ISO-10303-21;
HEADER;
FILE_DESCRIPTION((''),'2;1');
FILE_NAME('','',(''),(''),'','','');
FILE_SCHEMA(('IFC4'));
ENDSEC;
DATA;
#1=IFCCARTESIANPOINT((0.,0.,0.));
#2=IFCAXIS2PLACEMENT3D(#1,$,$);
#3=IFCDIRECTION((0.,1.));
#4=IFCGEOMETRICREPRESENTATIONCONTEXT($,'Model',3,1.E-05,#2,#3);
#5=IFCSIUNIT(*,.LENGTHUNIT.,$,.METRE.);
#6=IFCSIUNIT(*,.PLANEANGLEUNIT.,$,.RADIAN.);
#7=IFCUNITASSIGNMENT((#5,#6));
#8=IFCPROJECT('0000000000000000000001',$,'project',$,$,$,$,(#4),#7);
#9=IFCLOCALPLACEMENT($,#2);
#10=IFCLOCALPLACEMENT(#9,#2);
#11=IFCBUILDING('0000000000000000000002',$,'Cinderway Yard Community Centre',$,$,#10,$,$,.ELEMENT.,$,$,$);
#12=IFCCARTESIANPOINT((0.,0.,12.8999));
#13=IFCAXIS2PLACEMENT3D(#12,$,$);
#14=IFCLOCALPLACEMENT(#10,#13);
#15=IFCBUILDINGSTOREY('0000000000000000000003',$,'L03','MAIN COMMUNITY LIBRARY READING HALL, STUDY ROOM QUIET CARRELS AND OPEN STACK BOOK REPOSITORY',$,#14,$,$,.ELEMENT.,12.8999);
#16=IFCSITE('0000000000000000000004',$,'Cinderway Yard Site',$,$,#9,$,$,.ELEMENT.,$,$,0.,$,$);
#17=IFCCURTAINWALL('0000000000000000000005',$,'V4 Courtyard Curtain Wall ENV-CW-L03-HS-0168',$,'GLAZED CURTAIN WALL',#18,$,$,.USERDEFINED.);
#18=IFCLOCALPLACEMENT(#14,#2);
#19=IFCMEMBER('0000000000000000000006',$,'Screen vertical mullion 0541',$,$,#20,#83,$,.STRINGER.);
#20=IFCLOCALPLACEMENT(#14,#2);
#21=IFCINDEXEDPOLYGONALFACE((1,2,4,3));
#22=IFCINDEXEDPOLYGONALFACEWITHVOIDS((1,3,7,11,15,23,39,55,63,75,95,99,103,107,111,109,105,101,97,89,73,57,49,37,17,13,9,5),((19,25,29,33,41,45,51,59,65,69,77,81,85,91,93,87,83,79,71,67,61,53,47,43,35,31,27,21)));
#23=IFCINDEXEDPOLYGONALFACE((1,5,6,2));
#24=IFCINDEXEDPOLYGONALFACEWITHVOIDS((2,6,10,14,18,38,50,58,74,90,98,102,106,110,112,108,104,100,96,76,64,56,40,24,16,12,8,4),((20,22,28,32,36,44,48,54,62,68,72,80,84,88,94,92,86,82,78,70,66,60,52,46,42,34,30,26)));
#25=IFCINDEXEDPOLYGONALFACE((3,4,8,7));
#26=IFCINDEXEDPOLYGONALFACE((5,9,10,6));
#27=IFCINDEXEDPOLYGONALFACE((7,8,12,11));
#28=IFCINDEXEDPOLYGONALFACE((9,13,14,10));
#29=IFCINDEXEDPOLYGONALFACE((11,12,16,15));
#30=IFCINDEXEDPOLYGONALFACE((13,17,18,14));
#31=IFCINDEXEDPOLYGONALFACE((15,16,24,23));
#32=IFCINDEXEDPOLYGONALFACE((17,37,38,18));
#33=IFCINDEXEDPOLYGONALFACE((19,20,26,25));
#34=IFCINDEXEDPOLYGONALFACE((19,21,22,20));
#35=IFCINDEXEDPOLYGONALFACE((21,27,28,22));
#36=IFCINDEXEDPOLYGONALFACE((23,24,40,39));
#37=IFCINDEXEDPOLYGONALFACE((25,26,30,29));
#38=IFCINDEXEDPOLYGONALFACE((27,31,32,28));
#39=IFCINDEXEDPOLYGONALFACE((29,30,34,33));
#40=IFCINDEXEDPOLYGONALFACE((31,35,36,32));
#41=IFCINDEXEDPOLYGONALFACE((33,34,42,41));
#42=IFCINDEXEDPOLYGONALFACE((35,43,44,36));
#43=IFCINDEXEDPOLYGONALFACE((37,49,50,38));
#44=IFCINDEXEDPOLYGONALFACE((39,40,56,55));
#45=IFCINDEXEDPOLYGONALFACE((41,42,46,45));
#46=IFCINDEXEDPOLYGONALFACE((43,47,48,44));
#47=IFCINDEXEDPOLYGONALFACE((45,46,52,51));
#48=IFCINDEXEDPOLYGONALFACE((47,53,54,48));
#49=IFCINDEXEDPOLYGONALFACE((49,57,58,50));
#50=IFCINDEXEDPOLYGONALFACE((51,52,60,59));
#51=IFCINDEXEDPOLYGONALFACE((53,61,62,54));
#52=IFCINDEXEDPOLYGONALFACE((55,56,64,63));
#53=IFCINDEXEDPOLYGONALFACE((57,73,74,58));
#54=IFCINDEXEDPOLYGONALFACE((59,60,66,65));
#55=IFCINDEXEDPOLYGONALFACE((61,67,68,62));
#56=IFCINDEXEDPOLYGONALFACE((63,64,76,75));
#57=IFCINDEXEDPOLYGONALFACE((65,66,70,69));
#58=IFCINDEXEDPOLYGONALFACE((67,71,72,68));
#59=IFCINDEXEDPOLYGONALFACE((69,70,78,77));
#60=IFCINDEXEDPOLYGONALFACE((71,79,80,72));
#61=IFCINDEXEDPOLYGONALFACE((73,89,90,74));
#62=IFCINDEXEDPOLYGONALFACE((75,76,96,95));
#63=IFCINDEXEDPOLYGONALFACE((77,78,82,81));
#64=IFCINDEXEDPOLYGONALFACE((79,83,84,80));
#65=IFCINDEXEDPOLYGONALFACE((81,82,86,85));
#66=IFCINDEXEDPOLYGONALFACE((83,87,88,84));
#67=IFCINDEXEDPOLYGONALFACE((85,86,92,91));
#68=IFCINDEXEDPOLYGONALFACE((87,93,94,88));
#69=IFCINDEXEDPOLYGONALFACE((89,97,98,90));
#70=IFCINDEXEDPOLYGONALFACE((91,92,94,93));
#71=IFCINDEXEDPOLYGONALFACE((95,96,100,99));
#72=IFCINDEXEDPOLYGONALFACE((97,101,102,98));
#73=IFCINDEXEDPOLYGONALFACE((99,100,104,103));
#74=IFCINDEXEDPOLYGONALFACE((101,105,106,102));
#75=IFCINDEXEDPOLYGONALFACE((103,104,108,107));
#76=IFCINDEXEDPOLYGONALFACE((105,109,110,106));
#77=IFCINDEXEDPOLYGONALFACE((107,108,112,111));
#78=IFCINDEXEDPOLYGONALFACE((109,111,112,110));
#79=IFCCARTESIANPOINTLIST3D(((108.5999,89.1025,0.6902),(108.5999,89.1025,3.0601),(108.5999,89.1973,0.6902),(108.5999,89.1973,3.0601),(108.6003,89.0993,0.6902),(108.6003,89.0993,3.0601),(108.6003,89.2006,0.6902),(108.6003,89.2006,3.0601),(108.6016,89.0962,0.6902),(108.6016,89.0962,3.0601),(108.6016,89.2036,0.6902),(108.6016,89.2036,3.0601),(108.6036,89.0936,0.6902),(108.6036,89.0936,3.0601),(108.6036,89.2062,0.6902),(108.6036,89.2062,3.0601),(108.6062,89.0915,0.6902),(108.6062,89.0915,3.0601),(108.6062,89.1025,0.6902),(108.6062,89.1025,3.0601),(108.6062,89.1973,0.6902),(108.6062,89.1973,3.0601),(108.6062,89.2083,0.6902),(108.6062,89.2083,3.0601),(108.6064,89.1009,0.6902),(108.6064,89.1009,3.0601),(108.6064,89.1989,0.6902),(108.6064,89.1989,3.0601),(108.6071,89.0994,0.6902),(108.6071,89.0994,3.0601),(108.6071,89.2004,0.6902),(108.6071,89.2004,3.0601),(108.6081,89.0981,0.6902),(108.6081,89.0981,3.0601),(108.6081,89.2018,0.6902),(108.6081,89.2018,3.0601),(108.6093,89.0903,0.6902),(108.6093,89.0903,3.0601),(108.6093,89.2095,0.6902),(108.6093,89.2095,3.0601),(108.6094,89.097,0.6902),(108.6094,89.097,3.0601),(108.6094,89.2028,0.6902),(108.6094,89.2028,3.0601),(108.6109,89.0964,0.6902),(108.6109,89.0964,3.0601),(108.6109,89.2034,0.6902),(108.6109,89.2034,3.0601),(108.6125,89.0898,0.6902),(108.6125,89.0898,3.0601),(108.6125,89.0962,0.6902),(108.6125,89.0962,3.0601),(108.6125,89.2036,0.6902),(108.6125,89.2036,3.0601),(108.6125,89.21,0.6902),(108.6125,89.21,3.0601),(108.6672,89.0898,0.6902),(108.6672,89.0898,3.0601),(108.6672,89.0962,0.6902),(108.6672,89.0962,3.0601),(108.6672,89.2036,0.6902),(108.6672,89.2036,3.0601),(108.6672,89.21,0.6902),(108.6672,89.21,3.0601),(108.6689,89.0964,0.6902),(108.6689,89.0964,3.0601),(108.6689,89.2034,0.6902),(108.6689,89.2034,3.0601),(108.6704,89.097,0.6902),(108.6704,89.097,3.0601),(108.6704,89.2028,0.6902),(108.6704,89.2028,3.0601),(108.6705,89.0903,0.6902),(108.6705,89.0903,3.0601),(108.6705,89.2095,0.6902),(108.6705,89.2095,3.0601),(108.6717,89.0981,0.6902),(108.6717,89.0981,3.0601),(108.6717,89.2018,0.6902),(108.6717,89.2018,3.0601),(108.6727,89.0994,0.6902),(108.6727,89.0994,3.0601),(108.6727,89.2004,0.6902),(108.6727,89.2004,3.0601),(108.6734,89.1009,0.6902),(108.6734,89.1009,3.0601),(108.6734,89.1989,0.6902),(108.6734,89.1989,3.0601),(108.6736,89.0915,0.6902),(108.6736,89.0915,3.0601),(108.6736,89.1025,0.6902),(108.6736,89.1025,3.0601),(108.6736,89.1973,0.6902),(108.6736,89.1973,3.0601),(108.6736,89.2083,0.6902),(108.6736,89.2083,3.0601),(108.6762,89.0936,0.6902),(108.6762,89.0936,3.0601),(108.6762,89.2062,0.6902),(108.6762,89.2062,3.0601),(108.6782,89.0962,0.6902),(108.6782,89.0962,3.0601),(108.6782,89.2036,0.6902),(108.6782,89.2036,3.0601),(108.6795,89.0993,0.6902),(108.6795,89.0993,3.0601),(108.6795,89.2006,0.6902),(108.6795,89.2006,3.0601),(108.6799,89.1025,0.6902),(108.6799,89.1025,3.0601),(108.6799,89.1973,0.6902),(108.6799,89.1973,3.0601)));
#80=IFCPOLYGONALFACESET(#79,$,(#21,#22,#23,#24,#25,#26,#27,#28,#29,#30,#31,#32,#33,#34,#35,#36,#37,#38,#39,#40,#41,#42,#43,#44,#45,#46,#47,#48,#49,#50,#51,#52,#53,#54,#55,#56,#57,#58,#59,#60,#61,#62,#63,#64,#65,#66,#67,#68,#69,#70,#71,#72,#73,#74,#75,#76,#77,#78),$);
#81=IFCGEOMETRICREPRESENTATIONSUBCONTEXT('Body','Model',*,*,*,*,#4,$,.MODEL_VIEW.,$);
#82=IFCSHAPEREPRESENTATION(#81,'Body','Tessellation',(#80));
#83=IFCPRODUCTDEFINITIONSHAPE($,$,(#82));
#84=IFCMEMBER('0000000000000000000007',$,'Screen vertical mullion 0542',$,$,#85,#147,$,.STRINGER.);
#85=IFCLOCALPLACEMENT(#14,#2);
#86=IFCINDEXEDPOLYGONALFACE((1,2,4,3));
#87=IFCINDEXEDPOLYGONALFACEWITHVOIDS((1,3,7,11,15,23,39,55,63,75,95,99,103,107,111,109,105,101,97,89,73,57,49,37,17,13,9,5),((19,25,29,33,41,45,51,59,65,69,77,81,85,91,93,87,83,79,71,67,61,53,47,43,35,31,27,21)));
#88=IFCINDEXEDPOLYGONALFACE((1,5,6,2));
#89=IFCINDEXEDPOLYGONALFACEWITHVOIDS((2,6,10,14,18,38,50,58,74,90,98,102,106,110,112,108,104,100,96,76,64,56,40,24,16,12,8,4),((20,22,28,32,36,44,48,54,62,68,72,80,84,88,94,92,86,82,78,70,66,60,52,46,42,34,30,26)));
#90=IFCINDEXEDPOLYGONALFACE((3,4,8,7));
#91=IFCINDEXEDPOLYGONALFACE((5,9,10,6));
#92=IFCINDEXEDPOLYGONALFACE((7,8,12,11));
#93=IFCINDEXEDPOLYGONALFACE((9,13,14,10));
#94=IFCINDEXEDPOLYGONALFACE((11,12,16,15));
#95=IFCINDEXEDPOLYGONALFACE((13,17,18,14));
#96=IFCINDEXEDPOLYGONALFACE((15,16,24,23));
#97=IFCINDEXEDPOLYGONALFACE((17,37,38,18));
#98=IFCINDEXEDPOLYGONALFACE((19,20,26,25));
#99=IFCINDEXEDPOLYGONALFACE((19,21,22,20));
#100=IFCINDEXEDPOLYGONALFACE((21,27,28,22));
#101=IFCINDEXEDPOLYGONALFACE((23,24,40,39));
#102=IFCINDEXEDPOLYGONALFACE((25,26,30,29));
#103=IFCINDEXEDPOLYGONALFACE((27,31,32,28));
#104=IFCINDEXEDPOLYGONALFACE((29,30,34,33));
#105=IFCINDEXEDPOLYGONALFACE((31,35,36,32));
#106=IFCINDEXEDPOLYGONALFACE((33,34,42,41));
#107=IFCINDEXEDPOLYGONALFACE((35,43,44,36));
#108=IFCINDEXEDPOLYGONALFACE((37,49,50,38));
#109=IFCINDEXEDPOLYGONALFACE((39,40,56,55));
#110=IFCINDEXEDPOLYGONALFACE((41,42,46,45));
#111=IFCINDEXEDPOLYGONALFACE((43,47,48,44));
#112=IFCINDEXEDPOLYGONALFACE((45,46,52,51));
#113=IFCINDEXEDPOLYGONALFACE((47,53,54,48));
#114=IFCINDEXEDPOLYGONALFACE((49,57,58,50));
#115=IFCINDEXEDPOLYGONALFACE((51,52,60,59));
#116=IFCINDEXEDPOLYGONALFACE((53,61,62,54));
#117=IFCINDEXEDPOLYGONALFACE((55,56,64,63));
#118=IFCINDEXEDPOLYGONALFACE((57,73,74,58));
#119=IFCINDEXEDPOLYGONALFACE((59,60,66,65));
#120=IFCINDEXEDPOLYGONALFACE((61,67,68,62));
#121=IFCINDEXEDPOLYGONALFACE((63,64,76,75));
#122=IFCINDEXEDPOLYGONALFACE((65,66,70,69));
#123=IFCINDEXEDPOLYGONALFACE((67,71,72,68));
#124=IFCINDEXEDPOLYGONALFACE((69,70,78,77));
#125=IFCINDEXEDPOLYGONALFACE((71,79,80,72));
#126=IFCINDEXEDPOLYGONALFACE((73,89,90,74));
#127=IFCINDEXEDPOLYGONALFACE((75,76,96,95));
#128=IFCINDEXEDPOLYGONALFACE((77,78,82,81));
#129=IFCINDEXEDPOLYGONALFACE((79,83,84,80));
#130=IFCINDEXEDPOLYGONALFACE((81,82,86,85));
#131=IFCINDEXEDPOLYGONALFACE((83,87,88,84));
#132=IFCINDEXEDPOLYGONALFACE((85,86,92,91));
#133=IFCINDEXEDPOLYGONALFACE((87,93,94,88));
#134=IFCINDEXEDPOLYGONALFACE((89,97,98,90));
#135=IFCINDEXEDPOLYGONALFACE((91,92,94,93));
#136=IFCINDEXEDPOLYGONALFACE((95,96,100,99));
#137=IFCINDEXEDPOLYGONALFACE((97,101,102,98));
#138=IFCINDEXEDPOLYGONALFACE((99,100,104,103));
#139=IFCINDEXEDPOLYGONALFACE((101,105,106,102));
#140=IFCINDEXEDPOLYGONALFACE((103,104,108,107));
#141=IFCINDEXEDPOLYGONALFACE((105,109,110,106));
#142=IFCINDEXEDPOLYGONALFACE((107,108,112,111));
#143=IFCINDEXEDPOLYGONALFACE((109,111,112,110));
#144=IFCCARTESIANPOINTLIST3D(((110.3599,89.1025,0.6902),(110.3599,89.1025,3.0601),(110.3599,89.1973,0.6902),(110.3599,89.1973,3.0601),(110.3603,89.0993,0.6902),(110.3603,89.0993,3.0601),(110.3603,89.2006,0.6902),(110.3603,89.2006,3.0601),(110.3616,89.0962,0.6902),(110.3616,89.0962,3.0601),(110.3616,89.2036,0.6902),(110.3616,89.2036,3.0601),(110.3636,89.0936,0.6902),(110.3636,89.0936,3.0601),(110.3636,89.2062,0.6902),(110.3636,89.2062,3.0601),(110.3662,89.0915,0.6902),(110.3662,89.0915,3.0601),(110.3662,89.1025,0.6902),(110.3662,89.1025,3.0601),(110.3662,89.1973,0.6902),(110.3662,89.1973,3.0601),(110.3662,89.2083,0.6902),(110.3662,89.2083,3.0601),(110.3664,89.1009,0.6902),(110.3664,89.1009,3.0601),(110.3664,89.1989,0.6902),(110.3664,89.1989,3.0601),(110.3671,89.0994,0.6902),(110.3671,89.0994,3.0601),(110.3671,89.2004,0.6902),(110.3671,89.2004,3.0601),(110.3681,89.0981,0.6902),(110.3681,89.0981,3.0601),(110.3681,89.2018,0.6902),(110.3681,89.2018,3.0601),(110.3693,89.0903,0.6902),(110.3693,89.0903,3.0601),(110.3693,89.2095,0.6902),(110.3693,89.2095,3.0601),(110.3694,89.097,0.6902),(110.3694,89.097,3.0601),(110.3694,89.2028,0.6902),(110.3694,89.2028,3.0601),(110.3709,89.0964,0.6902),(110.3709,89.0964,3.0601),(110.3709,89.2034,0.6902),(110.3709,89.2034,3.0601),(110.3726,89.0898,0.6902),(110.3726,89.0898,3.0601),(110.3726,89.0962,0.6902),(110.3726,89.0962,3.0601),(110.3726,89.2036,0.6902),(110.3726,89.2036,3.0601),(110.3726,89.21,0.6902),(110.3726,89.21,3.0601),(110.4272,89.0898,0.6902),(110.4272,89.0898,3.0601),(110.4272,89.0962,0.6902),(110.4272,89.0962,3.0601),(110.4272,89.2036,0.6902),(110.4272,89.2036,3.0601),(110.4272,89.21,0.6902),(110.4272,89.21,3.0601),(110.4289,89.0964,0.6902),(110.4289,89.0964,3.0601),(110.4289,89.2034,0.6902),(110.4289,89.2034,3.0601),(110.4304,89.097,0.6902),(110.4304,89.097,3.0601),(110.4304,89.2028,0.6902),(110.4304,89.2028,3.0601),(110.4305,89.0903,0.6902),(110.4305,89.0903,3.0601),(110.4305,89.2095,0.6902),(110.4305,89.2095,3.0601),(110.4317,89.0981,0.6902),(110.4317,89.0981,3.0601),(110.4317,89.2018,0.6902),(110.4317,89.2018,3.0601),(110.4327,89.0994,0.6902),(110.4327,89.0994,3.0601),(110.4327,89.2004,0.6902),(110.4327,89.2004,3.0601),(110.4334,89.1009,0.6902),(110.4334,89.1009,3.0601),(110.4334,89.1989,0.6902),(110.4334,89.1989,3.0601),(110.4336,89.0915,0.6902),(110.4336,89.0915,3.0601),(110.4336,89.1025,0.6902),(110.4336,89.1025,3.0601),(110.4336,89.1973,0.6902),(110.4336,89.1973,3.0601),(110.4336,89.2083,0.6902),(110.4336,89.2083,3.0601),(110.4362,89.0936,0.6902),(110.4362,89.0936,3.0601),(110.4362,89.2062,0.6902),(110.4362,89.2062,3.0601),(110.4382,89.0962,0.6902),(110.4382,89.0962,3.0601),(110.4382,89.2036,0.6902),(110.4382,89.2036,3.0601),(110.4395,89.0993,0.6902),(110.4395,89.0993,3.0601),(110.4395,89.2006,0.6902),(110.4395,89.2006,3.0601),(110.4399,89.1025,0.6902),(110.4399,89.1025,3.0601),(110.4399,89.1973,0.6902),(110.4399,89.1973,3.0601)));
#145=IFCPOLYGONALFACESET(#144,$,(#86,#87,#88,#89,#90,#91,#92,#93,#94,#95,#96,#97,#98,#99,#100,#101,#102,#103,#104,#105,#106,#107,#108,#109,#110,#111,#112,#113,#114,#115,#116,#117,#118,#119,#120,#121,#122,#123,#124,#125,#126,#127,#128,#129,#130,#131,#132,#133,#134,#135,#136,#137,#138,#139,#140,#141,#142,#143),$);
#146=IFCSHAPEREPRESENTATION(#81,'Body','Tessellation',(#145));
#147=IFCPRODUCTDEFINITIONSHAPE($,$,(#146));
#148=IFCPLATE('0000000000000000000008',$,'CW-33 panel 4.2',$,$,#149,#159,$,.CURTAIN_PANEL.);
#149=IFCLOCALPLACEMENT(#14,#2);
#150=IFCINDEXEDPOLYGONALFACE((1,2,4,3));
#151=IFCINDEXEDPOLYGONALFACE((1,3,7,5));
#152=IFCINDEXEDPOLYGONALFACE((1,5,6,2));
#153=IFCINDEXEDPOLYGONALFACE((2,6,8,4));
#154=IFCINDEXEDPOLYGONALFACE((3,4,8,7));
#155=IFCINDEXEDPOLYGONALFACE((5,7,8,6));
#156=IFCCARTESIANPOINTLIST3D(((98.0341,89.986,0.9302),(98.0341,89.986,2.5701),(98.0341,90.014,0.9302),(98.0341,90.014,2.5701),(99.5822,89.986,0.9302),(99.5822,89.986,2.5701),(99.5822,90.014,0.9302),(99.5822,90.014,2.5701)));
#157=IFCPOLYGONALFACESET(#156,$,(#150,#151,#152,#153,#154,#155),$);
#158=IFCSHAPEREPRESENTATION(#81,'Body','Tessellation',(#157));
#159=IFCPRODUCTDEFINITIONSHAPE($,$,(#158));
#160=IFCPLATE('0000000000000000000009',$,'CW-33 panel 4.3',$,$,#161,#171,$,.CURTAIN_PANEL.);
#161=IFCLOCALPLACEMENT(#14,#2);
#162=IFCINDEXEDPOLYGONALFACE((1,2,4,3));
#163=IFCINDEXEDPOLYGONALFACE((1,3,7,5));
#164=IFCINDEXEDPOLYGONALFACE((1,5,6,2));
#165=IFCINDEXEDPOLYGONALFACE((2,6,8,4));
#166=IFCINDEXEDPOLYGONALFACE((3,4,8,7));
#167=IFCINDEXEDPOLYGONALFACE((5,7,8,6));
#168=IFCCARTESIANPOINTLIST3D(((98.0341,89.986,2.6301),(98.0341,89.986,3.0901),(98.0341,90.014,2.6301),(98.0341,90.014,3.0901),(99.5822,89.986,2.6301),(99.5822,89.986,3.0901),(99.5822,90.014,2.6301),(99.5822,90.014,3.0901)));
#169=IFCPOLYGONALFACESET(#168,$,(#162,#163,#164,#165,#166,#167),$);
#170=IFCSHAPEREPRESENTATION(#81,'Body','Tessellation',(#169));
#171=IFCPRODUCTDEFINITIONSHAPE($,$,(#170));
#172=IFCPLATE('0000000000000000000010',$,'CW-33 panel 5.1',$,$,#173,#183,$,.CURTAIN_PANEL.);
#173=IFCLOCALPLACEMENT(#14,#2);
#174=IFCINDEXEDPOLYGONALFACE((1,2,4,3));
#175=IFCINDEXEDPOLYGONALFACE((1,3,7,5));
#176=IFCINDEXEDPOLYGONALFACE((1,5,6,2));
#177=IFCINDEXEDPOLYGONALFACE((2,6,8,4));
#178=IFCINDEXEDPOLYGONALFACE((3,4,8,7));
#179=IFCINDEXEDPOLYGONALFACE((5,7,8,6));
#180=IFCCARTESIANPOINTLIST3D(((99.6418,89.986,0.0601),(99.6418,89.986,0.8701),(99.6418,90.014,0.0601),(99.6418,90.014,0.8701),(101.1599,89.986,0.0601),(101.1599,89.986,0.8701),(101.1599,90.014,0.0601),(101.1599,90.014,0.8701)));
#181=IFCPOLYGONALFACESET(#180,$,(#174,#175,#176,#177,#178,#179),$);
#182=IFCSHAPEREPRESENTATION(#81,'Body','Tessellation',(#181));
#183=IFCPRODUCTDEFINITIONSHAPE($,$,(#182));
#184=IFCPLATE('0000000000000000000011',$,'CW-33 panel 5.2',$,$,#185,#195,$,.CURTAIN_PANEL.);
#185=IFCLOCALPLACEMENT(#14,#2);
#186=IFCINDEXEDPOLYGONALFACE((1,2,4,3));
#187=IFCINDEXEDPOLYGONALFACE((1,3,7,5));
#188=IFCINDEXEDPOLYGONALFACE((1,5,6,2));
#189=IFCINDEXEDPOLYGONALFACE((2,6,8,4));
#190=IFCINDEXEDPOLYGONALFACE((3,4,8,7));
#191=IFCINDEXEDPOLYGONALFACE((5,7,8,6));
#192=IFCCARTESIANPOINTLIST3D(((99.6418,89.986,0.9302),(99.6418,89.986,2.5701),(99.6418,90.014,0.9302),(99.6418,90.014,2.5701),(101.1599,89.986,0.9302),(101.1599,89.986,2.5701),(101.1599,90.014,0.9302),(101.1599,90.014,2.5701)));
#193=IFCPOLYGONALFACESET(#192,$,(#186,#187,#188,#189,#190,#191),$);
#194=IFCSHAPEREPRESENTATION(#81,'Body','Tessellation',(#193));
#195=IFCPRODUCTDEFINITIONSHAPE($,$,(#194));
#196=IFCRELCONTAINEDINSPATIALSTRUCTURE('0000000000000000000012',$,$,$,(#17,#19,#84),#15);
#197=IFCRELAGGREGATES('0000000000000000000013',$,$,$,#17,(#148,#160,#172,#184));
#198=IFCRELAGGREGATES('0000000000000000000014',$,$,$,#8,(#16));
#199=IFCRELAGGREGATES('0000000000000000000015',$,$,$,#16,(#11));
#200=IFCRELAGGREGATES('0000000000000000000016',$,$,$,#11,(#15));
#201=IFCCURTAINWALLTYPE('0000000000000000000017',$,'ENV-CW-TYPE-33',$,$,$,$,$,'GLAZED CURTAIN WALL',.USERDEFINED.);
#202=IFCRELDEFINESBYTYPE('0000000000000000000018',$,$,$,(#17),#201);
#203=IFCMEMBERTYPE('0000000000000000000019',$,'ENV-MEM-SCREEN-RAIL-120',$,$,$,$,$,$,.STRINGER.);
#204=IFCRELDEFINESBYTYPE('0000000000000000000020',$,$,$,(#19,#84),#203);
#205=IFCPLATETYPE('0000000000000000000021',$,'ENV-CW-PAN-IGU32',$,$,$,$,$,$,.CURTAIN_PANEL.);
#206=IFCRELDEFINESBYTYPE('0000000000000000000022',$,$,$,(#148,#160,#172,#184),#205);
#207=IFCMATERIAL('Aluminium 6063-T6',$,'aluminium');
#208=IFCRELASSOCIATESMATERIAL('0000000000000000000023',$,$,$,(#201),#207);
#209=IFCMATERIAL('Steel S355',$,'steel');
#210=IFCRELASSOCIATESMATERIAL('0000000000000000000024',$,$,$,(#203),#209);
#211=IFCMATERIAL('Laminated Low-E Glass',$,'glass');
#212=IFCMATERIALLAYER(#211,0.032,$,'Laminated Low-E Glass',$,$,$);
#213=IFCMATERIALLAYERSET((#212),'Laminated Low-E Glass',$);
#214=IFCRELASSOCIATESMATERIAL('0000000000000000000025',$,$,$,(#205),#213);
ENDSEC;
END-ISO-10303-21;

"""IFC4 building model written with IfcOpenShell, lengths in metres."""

from ifc_helpers import new_model, si_unit, direction, frame, origin, origin_2d, place, context, subcontext, project, spatial, rectangle, hollow_rectangle, extrude, material, layer, layer_set, material_profile, profile_set, type_object, element, aggregate, save


model = new_model("IFC4")

# Units and contexts
model_context = context("Model", 3, precision=1e-05, world=origin(), true_north=direction((0.0, 1.0)))
body_context = subcontext(model_context, "Body", "Model", "MODEL_VIEW")
ifc_project = project(units=[si_unit("LENGTHUNIT", "METRE"), si_unit("PLANEANGLEUNIT", "RADIAN")], contexts=[model_context])

# Site, building, storey
site_placement = place(None, origin())
site = spatial("IfcSite", under=ifc_project, at=site_placement, Name="Cinderway Yard Site", CompositionType="ELEMENT", RefElevation=0.0)
building_placement = place(site_placement, origin())
building = spatial("IfcBuilding", under=site, at=building_placement, Name="Cinderway Yard Community Centre", CompositionType="ELEMENT")
storey_placement = place(building_placement, frame((0.0, 0.0, 12.8999)))
storey = spatial("IfcBuildingStorey", under=building, at=storey_placement, Name="L03", Description="MAIN COMMUNITY LIBRARY READING HALL, STUDY ROOM QUIET CARRELS AND OPEN STACK BOOK REPOSITORY", CompositionType="ELEMENT", Elevation=12.8999)

# Curtain wall
ifc_material_1 = material(Name="Aluminium 6063-T6", Category="aluminium")
curtain_wall_type = type_object("IfcCurtainWallType", Name="ENV-CW-TYPE-33", ElementType="GLAZED CURTAIN WALL", PredefinedType="USERDEFINED", material=ifc_material_1)
curtain_wall_placement = place(storey_placement, origin())
curtain_wall = element("IfcCurtainWall", 1, at=curtain_wall_placement, inside=storey, type_object=curtain_wall_type, Name="V4 Courtyard Curtain Wall ENV-CW-L03-HS-0168", ObjectType="GLAZED CURTAIN WALL", PredefinedType="USERDEFINED")

# Members
ifc_material_2 = material(Name="Steel S355", Category="steel")
ifc_material_profile_1 = material_profile(ifc_material_2, hollow_rectangle(XDim=0.0801, YDim=0.1201, WallThickness=0.0063, InnerFilletRadius=0.0063, OuterFilletRadius=0.0127, at=origin_2d()), Name="Steel S355")
ifc_profile_set_1 = profile_set([ifc_material_profile_1], Name="Steel S355")
member_type_1 = type_object("IfcMemberType", Name="ENV-MEM-SCREEN-RAIL-120", PredefinedType="STRINGER", material=ifc_profile_set_1)
for number, where, z_axis, x_axis, name in (
    (2, (108.6399, 89.1499, 0.6902), (0.0, 0.0, 1.0), (1.0, 0.0, 0.0), "Screen vertical mullion 0541"),
    (3, (110.3999, 89.1499, 0.6902), (0.0, 0.0, 1.0), (1.0, 0.0, 0.0), "Screen vertical mullion 0542"),
):
    element("IfcMember", number, at=place(storey_placement, frame(where, z_axis=z_axis, x_axis=x_axis)), inside=storey, type_object=member_type_1, Name=name, PredefinedType="STRINGER", context=body_context, shape_type="SweptSolid", body=[
        extrude(hollow_rectangle(XDim=0.0801, YDim=0.1201, WallThickness=0.0063, InnerFilletRadius=0.0063, OuterFilletRadius=0.0127, at=origin_2d()), origin(), (0.0, 0.0, 1.0), 2.3699),
    ])

# Plates
ifc_material_3 = material(Name="Laminated Low-E Glass", Category="glass")
ifc_layer_1 = layer(ifc_material_3, 0.032, Name="Laminated Low-E Glass")
ifc_layer_set_1 = layer_set([ifc_layer_1], Name="Laminated Low-E Glass")
plate_type_1 = type_object("IfcPlateType", Name="ENV-CW-PAN-IGU32", PredefinedType="CURTAIN_PANEL", material=ifc_layer_set_1)
plate_1_placement = place(storey_placement, frame((98.8081, 90.0, 0.9302), z_axis=(0.0, 0.0, 1.0), x_axis=(1.0, 0.0, 0.0)))
plate_1 = element("IfcPlate", 4, at=plate_1_placement, type_object=plate_type_1, Name="CW-33 panel 4.2", PredefinedType="CURTAIN_PANEL", context=body_context, shape_type="SweptSolid", body=[
    extrude(rectangle(XDim=1.5481, YDim=0.0281, at=origin_2d()), origin(), (0.0, 0.0, 1.0), 1.6399),
])
plate_2_placement = place(storey_placement, frame((98.8081, 90.0, 2.6301), z_axis=(0.0, 0.0, 1.0), x_axis=(1.0, 0.0, 0.0)))
plate_2 = element("IfcPlate", 5, at=plate_2_placement, type_object=plate_type_1, Name="CW-33 panel 4.3", PredefinedType="CURTAIN_PANEL", context=body_context, shape_type="SweptSolid", body=[
    extrude(rectangle(XDim=1.5481, YDim=0.0281, at=origin_2d()), origin(), (0.0, 0.0, 1.0), 0.46),
])
plate_3_placement = place(storey_placement, frame((100.4009, 90.0, 0.0601), z_axis=(0.0, 0.0, 1.0), x_axis=(1.0, 0.0, 0.0)))
plate_3 = element("IfcPlate", 6, at=plate_3_placement, type_object=plate_type_1, Name="CW-33 panel 5.1", PredefinedType="CURTAIN_PANEL", context=body_context, shape_type="SweptSolid", body=[
    extrude(rectangle(XDim=1.5181, YDim=0.0281, at=origin_2d()), origin(), (0.0, 0.0, 1.0), 0.8101),
])
plate_4_placement = place(storey_placement, frame((100.4009, 90.0, 0.9302), z_axis=(0.0, 0.0, 1.0), x_axis=(1.0, 0.0, 0.0)))
plate_4 = element("IfcPlate", 7, at=plate_4_placement, type_object=plate_type_1, Name="CW-33 panel 5.2", PredefinedType="CURTAIN_PANEL", context=body_context, shape_type="SweptSolid", body=[
    extrude(rectangle(XDim=1.5181, YDim=0.0281, at=origin_2d()), origin(), (0.0, 0.0, 1.0), 1.6399),
])
aggregate(curtain_wall, [plate_1, plate_2, plate_3, plate_4])

save(model, "model.ifc")
